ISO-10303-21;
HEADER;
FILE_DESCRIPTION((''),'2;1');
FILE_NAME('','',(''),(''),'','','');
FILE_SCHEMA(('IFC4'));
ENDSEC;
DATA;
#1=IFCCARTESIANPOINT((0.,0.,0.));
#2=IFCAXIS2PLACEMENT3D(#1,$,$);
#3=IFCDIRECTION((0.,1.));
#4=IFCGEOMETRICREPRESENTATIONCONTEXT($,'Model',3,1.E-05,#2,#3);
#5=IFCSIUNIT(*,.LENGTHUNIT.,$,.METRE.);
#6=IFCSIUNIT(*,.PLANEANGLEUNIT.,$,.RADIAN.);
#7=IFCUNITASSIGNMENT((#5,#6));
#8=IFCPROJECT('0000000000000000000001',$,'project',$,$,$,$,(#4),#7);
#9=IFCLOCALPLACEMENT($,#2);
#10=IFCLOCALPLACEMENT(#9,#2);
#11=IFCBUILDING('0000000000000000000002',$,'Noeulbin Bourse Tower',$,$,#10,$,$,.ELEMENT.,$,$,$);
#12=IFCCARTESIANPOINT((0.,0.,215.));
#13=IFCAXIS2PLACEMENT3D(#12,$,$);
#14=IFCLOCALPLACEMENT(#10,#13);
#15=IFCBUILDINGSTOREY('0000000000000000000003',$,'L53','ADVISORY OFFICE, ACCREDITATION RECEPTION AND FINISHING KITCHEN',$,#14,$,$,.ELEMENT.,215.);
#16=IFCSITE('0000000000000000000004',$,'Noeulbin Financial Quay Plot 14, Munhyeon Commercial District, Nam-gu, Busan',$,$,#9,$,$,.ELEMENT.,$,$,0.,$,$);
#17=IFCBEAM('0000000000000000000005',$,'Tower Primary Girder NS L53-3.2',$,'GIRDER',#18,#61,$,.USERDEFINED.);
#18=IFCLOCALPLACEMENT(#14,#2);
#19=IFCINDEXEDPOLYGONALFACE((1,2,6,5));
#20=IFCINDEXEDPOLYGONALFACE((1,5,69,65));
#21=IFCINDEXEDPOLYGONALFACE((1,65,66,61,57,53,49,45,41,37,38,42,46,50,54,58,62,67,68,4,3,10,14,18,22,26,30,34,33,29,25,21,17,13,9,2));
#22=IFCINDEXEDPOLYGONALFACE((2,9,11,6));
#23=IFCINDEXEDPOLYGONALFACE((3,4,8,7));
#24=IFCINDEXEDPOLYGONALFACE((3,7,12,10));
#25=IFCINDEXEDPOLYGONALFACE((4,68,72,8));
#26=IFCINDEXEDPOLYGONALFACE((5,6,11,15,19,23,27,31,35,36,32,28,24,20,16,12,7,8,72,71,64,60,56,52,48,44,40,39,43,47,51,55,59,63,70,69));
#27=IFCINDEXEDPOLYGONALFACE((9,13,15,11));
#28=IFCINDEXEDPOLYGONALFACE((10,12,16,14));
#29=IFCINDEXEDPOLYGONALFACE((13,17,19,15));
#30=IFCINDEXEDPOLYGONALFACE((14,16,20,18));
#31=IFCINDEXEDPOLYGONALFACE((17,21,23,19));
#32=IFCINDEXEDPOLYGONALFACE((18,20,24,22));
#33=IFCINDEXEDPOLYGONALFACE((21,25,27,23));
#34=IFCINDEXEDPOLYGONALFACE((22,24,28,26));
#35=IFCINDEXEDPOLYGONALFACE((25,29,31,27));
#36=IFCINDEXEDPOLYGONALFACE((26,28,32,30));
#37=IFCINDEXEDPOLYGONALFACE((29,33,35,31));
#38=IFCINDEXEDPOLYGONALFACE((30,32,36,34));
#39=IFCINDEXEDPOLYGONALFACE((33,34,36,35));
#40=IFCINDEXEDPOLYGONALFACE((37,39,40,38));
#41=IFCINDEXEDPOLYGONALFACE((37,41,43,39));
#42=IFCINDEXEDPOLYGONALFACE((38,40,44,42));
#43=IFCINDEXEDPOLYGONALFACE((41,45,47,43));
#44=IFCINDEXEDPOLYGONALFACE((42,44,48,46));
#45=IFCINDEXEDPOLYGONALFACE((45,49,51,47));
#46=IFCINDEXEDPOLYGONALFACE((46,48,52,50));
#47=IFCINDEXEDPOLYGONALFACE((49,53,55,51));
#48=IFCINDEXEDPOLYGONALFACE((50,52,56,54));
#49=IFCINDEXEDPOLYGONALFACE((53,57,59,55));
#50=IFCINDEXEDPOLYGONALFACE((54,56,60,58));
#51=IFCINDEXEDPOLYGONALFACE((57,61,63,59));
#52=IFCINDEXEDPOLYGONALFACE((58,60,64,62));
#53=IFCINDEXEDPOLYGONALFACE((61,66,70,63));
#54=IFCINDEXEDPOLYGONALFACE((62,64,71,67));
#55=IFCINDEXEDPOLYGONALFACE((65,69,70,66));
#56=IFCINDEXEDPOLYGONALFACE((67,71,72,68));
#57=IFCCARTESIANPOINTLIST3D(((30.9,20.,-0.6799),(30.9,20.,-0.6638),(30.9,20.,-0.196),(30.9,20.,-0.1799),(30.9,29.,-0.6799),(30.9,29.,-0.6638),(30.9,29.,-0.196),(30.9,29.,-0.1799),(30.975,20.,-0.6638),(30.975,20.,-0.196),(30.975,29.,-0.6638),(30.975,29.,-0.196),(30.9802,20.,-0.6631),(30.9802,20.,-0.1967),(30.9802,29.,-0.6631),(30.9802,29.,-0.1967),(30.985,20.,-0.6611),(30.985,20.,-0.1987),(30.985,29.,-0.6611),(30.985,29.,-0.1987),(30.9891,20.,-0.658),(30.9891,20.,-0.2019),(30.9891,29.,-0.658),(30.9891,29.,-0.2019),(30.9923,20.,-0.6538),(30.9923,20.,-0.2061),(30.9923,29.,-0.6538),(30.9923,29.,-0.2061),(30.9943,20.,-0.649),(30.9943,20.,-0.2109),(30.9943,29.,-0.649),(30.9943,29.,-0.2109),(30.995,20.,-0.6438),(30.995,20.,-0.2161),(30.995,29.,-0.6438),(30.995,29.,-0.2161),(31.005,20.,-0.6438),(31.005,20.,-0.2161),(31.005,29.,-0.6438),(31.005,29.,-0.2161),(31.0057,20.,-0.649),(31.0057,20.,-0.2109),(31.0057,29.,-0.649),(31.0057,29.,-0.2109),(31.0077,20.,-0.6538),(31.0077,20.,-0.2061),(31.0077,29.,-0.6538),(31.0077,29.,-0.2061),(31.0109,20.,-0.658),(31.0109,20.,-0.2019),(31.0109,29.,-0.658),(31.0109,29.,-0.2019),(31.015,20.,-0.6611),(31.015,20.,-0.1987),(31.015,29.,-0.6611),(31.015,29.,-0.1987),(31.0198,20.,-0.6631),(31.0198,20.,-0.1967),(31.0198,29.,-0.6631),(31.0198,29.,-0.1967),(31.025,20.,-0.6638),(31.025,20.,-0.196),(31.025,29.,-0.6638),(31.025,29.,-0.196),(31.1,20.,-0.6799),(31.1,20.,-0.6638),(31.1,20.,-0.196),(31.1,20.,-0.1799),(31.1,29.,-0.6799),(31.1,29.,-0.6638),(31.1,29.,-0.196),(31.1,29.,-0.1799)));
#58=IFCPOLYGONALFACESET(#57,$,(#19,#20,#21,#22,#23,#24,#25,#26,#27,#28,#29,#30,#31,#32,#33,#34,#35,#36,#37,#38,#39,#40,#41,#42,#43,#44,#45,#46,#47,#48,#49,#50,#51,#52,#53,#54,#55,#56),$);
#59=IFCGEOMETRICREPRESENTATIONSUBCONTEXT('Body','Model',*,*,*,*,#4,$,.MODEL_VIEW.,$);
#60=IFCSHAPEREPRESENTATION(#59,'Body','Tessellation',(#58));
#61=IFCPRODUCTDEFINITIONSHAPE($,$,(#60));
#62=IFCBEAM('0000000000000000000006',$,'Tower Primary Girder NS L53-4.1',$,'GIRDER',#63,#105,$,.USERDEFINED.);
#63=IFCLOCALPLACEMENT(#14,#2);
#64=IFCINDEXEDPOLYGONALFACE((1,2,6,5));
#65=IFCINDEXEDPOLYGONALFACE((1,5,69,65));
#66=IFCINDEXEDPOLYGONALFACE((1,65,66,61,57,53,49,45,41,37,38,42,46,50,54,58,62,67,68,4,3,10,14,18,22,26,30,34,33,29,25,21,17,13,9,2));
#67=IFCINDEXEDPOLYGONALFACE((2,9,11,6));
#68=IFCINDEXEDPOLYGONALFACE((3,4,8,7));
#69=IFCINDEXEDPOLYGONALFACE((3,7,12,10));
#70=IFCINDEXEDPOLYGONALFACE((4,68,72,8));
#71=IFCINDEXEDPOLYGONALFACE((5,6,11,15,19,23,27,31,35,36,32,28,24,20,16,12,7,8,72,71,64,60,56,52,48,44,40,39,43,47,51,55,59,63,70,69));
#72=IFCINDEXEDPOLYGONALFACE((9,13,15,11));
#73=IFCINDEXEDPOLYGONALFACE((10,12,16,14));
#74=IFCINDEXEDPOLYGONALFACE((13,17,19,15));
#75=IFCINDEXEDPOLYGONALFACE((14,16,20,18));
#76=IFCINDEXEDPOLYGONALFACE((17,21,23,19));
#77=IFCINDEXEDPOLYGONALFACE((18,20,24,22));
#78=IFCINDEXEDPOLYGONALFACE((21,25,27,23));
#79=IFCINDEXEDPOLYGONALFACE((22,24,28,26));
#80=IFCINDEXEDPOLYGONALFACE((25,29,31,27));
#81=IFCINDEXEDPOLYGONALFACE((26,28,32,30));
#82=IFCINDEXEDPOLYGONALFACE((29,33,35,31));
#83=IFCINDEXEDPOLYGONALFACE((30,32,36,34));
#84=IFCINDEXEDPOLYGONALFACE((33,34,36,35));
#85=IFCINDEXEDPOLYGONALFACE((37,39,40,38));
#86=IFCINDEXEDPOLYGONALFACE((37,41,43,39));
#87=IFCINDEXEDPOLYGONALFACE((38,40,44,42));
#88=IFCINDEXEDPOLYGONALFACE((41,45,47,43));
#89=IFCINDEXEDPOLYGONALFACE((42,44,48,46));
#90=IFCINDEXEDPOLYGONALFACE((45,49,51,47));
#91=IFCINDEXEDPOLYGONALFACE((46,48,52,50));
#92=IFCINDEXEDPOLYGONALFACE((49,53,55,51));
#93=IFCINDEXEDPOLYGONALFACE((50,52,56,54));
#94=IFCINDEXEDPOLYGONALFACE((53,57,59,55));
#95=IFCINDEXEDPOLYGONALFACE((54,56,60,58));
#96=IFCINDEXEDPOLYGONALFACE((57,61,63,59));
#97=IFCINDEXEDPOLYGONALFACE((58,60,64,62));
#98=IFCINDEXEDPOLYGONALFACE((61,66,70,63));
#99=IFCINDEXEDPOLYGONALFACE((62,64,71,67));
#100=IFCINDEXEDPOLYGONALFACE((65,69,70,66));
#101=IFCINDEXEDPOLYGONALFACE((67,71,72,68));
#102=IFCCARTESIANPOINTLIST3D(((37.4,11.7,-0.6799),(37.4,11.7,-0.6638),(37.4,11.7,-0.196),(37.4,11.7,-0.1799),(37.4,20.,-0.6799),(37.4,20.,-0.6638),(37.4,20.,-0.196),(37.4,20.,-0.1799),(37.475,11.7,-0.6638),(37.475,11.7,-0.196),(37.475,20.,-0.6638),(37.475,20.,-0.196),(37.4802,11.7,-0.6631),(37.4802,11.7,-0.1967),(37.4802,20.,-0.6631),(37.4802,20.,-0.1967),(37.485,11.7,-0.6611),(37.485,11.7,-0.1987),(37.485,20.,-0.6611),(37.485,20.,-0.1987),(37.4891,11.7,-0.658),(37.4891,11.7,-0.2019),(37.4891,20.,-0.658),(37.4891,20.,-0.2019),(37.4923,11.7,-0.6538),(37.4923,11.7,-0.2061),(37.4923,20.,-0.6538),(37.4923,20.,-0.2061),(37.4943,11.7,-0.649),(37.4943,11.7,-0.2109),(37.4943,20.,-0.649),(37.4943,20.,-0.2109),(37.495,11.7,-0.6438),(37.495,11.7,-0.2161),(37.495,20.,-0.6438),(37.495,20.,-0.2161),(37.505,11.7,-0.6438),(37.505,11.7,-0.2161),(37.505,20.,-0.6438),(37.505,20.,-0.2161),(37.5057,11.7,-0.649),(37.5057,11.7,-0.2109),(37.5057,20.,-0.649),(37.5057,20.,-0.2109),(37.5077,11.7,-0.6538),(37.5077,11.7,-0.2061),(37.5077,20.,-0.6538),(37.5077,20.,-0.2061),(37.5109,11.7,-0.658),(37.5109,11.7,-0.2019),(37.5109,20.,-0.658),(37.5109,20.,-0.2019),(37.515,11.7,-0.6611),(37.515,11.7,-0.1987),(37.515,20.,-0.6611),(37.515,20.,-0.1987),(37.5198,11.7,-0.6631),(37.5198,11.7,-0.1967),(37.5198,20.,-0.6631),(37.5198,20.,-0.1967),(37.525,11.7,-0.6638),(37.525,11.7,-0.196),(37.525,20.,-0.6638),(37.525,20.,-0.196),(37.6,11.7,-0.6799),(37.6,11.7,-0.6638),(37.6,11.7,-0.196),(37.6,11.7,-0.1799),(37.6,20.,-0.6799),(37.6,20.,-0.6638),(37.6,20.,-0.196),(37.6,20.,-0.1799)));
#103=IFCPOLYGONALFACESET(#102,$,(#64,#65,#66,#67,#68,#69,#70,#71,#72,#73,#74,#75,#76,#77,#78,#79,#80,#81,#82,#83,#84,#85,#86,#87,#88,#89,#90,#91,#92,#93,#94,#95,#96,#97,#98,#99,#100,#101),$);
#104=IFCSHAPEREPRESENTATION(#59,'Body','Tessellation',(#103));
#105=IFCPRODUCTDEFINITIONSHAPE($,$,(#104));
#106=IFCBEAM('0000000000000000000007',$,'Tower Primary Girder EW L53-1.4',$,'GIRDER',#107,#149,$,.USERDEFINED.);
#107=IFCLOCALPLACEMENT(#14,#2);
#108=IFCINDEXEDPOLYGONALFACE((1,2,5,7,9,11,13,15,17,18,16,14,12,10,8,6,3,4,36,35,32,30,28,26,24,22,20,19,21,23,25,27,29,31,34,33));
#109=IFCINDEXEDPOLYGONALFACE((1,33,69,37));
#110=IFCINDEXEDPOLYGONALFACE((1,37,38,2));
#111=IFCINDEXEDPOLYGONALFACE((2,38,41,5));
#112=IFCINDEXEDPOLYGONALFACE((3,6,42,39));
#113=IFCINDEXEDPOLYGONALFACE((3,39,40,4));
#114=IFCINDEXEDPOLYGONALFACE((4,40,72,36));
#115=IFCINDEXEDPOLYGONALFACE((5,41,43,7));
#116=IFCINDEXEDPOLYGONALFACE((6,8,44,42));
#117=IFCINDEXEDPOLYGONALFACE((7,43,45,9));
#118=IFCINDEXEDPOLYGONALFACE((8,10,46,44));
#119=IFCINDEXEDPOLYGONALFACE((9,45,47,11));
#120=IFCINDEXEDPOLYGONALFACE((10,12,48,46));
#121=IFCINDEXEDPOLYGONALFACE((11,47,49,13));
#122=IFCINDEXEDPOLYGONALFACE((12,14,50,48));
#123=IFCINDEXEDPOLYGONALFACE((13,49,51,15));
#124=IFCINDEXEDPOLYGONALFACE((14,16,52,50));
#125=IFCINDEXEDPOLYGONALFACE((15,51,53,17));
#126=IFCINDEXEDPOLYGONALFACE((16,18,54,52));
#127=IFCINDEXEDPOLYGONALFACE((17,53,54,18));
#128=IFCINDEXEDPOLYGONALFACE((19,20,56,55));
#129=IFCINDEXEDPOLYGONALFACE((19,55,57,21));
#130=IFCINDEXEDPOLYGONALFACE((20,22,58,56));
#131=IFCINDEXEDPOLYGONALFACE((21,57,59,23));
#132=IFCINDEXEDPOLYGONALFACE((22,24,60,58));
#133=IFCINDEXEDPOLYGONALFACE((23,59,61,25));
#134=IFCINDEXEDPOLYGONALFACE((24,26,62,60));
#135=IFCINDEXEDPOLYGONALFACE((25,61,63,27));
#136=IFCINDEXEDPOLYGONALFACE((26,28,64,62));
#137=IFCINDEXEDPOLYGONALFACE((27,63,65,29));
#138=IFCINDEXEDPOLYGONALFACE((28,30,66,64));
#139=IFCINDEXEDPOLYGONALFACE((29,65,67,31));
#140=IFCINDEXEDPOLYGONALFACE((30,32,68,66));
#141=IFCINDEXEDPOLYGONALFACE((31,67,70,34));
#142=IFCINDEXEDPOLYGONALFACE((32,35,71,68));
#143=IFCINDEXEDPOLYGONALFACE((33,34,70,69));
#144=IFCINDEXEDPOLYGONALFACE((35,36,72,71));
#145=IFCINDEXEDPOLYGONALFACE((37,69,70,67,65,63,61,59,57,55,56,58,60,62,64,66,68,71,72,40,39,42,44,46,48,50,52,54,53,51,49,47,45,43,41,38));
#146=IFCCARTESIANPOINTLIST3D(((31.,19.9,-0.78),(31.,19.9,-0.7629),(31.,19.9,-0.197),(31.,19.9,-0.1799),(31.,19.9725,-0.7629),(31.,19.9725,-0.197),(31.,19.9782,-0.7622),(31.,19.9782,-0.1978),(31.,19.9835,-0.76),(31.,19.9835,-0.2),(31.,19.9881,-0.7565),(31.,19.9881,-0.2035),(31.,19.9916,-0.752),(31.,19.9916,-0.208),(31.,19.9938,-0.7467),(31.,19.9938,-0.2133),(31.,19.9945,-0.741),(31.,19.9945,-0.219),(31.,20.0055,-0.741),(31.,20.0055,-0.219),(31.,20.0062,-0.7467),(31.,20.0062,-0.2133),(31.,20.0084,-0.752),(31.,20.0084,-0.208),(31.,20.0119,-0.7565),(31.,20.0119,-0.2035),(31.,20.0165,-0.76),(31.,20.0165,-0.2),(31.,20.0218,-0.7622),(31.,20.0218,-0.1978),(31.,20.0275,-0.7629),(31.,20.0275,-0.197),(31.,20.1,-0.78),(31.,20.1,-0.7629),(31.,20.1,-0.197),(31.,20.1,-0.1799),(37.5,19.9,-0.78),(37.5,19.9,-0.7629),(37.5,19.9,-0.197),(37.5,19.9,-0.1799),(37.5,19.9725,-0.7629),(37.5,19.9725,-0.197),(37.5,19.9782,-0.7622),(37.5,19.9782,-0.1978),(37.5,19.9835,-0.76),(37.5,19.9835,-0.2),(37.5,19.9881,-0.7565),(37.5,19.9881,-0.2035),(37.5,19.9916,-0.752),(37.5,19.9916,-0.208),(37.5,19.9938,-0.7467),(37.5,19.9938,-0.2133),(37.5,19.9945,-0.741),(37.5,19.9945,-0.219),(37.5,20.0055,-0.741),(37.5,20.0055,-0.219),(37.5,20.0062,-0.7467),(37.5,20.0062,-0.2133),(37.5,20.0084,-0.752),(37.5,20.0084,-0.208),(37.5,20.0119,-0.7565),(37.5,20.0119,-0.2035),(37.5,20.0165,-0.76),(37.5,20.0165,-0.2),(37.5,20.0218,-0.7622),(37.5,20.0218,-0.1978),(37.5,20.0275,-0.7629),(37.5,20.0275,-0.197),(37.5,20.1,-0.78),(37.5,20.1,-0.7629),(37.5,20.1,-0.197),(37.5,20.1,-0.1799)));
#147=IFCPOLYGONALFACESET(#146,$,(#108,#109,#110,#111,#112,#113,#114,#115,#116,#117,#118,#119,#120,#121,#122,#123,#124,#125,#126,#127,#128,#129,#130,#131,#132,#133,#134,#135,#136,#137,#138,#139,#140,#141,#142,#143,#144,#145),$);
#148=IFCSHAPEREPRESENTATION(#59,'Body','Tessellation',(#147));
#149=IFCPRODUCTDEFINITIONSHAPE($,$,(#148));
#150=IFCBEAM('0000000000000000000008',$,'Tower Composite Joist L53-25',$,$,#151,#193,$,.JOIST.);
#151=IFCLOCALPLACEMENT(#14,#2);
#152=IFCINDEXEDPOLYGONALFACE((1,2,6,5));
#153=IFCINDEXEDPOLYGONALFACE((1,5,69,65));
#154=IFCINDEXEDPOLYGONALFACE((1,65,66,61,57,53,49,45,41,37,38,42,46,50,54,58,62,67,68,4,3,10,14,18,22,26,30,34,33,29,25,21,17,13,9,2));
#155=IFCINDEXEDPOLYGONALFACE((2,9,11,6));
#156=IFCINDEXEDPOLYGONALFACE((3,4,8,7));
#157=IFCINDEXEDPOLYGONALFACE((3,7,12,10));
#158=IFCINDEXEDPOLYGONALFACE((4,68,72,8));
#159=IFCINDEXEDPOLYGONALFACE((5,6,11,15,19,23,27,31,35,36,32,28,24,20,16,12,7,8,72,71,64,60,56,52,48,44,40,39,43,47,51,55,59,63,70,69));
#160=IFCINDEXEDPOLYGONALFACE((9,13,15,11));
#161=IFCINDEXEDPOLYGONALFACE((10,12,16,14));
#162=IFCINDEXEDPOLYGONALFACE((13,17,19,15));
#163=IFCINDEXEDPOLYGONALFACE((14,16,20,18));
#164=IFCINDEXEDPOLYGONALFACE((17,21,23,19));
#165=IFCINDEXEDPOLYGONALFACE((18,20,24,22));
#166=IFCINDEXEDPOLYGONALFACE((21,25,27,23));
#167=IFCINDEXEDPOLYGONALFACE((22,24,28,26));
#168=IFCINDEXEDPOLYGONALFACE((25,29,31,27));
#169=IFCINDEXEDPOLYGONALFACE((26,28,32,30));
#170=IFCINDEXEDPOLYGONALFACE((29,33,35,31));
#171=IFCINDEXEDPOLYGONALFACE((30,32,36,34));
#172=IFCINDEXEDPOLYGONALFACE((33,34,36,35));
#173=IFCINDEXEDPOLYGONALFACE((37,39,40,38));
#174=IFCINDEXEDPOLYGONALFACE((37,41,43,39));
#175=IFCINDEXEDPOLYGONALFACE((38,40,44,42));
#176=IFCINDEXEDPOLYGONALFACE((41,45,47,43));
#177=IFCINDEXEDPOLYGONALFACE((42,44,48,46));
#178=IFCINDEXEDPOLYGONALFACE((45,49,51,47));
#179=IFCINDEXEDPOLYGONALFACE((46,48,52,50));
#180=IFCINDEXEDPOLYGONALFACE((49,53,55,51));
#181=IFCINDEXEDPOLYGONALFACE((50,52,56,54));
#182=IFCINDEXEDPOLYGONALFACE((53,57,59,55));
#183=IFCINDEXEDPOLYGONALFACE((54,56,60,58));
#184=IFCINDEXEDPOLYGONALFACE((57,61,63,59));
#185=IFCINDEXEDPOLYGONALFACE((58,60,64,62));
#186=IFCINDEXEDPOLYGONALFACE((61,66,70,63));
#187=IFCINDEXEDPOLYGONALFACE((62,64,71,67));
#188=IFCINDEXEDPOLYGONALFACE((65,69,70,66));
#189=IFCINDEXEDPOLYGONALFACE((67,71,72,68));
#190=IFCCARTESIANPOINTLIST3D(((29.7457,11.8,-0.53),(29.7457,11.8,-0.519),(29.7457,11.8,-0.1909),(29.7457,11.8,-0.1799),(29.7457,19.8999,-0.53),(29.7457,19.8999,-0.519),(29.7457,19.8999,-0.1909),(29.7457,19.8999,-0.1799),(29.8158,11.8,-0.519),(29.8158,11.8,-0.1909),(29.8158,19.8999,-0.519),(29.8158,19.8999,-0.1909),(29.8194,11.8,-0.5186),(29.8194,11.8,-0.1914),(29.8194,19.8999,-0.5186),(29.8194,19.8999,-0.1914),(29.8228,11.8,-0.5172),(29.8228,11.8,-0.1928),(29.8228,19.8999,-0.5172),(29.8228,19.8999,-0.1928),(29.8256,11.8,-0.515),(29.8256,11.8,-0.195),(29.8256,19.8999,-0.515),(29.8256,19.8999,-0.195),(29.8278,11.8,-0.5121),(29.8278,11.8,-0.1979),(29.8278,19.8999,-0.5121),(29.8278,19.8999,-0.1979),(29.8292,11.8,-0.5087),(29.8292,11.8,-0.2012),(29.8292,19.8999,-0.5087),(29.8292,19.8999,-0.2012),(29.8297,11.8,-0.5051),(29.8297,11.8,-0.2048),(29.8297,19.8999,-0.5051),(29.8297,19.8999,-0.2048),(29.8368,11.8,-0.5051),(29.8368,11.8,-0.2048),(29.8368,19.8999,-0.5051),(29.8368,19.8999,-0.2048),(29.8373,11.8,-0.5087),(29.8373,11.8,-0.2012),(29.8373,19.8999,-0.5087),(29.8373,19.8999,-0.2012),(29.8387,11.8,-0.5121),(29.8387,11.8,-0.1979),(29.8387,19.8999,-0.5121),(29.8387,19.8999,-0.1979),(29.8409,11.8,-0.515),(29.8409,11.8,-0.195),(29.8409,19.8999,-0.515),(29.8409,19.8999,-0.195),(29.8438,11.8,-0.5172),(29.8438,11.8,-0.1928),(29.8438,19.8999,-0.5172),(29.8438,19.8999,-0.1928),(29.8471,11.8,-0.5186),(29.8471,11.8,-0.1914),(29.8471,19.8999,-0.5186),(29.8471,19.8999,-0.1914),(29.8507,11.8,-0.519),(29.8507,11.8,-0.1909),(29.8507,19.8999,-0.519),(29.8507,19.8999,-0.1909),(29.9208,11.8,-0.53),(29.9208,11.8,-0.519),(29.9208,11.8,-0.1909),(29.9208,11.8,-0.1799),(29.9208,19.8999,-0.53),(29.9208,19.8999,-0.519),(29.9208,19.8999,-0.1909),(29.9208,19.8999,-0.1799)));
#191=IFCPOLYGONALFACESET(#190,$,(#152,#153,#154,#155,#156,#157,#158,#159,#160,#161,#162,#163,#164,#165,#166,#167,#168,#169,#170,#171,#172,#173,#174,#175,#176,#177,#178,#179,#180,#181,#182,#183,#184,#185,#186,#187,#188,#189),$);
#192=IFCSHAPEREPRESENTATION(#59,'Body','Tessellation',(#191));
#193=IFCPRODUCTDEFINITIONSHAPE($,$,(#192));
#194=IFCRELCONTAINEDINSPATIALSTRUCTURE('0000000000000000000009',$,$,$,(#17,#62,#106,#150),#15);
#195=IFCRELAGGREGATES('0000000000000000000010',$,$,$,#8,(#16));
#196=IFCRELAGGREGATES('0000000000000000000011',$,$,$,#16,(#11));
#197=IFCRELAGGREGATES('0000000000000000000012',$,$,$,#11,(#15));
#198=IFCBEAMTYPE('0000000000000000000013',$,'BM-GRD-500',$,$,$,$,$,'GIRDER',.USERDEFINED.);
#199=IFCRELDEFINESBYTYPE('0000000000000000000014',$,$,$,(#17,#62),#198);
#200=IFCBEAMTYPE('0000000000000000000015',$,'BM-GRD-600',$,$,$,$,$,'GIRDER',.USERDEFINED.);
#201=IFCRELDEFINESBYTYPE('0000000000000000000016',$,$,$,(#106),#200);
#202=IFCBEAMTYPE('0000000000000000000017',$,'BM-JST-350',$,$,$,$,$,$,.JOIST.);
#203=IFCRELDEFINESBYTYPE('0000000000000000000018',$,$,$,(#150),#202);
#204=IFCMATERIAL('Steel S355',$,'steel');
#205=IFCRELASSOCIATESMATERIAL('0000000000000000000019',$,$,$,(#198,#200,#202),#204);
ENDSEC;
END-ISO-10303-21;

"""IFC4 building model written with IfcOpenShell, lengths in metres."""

from ifc_helpers import new_model, si_unit, direction, frame, origin, origin_2d, place, context, subcontext, project, spatial, i_section, extrude, material, material_profile, profile_set, type_object, element, save


model = new_model("IFC4")

# Units and contexts
model_context = context("Model", 3, precision=1e-05, world=origin(), true_north=direction((0.0, 1.0)))
body_context = subcontext(model_context, "Body", "Model", "MODEL_VIEW")
ifc_project = project(units=[si_unit("LENGTHUNIT", "METRE"), si_unit("PLANEANGLEUNIT", "RADIAN")], contexts=[model_context])

# Site, building, storey
site_placement = place(None, origin())
site = spatial("IfcSite", under=ifc_project, at=site_placement, Name="Noeulbin Financial Quay Plot 14, Munhyeon Commercial District, Nam-gu, Busan", CompositionType="ELEMENT", RefElevation=0.0)
building_placement = place(site_placement, origin())
building = spatial("IfcBuilding", under=site, at=building_placement, Name="Noeulbin Bourse Tower", CompositionType="ELEMENT")
storey_placement = place(building_placement, frame((0.0, 0.0, 215.0)))
storey = spatial("IfcBuildingStorey", under=building, at=storey_placement, Name="L53", Description="ADVISORY OFFICE, ACCREDITATION RECEPTION AND FINISHING KITCHEN", CompositionType="ELEMENT", Elevation=215.0)

# Shared definitions
ifc_material_1 = material(Name="Steel S355", Category="steel")

# Beams
ifc_material_profile_1 = material_profile(ifc_material_1, i_section(OverallWidth=0.2, OverallDepth=0.5, WebThickness=0.01, FlangeThickness=0.0161, FilletRadius=0.02, at=origin_2d()), Name="H-500x200x10x16", Category="LoadBearing")
ifc_profile_set_1 = profile_set([ifc_material_profile_1], Name="Steel S355")
beam_type_1 = type_object("IfcBeamType", Name="BM-GRD-500", ElementType="GIRDER", PredefinedType="USERDEFINED", material=ifc_profile_set_1)
beam_1_placement = place(storey_placement, frame((31.0, 20.0, -0.4299), z_axis=(0.0, 1.0, 0.0), x_axis=(-1.0, 0.0, 0.0)))
element("IfcBeam", 1, at=beam_1_placement, inside=storey, type_object=beam_type_1, Name="Tower Primary Girder NS L53-3.2", ObjectType="GIRDER", PredefinedType="USERDEFINED", context=body_context, shape_type="SweptSolid", body=[
    extrude(i_section(OverallWidth=0.2, OverallDepth=0.5, WebThickness=0.01, FlangeThickness=0.0161, FilletRadius=0.02, at=origin_2d()), origin(), (0.0, 0.0, 1.0), 9.0),
])
beam_2_placement = place(storey_placement, frame((37.5, 11.7, -0.4299), z_axis=(0.0, 1.0, 0.0), x_axis=(-1.0, 0.0, 0.0)))
element("IfcBeam", 2, at=beam_2_placement, inside=storey, type_object=beam_type_1, Name="Tower Primary Girder NS L53-4.1", ObjectType="GIRDER", PredefinedType="USERDEFINED", context=body_context, shape_type="SweptSolid", body=[
    extrude(i_section(OverallWidth=0.2, OverallDepth=0.5, WebThickness=0.01, FlangeThickness=0.0161, FilletRadius=0.02, at=origin_2d()), origin(), (0.0, 0.0, 1.0), 8.3),
])
ifc_material_profile_2 = material_profile(ifc_material_1, i_section(OverallWidth=0.2, OverallDepth=0.6001, WebThickness=0.011, FlangeThickness=0.0171, FilletRadius=0.022, at=origin_2d()), Name="H-600x200x11x17", Category="LoadBearing")
ifc_profile_set_2 = profile_set([ifc_material_profile_2], Name="Steel S355")
beam_type_2 = type_object("IfcBeamType", Name="BM-GRD-600", ElementType="GIRDER", PredefinedType="USERDEFINED", material=ifc_profile_set_2)
beam_3_placement = place(storey_placement, frame((31.0, 20.0, -0.48), z_axis=(1.0, 0.0, 0.0), x_axis=(0.0, 1.0, 0.0)))
element("IfcBeam", 3, at=beam_3_placement, inside=storey, type_object=beam_type_2, Name="Tower Primary Girder EW L53-1.4", ObjectType="GIRDER", PredefinedType="USERDEFINED", context=body_context, shape_type="SweptSolid", body=[
    extrude(i_section(OverallWidth=0.2, OverallDepth=0.6001, WebThickness=0.011, FlangeThickness=0.0171, FilletRadius=0.022, at=origin_2d()), origin(), (0.0, 0.0, 1.0), 6.5),
])
ifc_material_profile_3 = material_profile(ifc_material_1, i_section(OverallWidth=0.175, OverallDepth=0.3501, WebThickness=0.0071, FlangeThickness=0.011, FilletRadius=0.0139, at=origin_2d()), Name="H-350x175x7x11", Category="LoadBearing")
ifc_profile_set_3 = profile_set([ifc_material_profile_3], Name="Steel S355")
beam_type_3 = type_object("IfcBeamType", Name="BM-JST-350", PredefinedType="JOIST", material=ifc_profile_set_3)
beam_4_placement = place(storey_placement, frame((29.8333, 11.8, -0.355), z_axis=(0.0, 1.0, 0.0), x_axis=(-1.0, 0.0, 0.0)))
element("IfcBeam", 4, at=beam_4_placement, inside=storey, type_object=beam_type_3, Name="Tower Composite Joist L53-25", PredefinedType="JOIST", context=body_context, shape_type="SweptSolid", body=[
    extrude(i_section(OverallWidth=0.175, OverallDepth=0.3501, WebThickness=0.0071, FlangeThickness=0.011, FilletRadius=0.0139, at=origin_2d()), origin(), (0.0, 0.0, 1.0), 8.0999),
])

save(model, "model.ifc")
